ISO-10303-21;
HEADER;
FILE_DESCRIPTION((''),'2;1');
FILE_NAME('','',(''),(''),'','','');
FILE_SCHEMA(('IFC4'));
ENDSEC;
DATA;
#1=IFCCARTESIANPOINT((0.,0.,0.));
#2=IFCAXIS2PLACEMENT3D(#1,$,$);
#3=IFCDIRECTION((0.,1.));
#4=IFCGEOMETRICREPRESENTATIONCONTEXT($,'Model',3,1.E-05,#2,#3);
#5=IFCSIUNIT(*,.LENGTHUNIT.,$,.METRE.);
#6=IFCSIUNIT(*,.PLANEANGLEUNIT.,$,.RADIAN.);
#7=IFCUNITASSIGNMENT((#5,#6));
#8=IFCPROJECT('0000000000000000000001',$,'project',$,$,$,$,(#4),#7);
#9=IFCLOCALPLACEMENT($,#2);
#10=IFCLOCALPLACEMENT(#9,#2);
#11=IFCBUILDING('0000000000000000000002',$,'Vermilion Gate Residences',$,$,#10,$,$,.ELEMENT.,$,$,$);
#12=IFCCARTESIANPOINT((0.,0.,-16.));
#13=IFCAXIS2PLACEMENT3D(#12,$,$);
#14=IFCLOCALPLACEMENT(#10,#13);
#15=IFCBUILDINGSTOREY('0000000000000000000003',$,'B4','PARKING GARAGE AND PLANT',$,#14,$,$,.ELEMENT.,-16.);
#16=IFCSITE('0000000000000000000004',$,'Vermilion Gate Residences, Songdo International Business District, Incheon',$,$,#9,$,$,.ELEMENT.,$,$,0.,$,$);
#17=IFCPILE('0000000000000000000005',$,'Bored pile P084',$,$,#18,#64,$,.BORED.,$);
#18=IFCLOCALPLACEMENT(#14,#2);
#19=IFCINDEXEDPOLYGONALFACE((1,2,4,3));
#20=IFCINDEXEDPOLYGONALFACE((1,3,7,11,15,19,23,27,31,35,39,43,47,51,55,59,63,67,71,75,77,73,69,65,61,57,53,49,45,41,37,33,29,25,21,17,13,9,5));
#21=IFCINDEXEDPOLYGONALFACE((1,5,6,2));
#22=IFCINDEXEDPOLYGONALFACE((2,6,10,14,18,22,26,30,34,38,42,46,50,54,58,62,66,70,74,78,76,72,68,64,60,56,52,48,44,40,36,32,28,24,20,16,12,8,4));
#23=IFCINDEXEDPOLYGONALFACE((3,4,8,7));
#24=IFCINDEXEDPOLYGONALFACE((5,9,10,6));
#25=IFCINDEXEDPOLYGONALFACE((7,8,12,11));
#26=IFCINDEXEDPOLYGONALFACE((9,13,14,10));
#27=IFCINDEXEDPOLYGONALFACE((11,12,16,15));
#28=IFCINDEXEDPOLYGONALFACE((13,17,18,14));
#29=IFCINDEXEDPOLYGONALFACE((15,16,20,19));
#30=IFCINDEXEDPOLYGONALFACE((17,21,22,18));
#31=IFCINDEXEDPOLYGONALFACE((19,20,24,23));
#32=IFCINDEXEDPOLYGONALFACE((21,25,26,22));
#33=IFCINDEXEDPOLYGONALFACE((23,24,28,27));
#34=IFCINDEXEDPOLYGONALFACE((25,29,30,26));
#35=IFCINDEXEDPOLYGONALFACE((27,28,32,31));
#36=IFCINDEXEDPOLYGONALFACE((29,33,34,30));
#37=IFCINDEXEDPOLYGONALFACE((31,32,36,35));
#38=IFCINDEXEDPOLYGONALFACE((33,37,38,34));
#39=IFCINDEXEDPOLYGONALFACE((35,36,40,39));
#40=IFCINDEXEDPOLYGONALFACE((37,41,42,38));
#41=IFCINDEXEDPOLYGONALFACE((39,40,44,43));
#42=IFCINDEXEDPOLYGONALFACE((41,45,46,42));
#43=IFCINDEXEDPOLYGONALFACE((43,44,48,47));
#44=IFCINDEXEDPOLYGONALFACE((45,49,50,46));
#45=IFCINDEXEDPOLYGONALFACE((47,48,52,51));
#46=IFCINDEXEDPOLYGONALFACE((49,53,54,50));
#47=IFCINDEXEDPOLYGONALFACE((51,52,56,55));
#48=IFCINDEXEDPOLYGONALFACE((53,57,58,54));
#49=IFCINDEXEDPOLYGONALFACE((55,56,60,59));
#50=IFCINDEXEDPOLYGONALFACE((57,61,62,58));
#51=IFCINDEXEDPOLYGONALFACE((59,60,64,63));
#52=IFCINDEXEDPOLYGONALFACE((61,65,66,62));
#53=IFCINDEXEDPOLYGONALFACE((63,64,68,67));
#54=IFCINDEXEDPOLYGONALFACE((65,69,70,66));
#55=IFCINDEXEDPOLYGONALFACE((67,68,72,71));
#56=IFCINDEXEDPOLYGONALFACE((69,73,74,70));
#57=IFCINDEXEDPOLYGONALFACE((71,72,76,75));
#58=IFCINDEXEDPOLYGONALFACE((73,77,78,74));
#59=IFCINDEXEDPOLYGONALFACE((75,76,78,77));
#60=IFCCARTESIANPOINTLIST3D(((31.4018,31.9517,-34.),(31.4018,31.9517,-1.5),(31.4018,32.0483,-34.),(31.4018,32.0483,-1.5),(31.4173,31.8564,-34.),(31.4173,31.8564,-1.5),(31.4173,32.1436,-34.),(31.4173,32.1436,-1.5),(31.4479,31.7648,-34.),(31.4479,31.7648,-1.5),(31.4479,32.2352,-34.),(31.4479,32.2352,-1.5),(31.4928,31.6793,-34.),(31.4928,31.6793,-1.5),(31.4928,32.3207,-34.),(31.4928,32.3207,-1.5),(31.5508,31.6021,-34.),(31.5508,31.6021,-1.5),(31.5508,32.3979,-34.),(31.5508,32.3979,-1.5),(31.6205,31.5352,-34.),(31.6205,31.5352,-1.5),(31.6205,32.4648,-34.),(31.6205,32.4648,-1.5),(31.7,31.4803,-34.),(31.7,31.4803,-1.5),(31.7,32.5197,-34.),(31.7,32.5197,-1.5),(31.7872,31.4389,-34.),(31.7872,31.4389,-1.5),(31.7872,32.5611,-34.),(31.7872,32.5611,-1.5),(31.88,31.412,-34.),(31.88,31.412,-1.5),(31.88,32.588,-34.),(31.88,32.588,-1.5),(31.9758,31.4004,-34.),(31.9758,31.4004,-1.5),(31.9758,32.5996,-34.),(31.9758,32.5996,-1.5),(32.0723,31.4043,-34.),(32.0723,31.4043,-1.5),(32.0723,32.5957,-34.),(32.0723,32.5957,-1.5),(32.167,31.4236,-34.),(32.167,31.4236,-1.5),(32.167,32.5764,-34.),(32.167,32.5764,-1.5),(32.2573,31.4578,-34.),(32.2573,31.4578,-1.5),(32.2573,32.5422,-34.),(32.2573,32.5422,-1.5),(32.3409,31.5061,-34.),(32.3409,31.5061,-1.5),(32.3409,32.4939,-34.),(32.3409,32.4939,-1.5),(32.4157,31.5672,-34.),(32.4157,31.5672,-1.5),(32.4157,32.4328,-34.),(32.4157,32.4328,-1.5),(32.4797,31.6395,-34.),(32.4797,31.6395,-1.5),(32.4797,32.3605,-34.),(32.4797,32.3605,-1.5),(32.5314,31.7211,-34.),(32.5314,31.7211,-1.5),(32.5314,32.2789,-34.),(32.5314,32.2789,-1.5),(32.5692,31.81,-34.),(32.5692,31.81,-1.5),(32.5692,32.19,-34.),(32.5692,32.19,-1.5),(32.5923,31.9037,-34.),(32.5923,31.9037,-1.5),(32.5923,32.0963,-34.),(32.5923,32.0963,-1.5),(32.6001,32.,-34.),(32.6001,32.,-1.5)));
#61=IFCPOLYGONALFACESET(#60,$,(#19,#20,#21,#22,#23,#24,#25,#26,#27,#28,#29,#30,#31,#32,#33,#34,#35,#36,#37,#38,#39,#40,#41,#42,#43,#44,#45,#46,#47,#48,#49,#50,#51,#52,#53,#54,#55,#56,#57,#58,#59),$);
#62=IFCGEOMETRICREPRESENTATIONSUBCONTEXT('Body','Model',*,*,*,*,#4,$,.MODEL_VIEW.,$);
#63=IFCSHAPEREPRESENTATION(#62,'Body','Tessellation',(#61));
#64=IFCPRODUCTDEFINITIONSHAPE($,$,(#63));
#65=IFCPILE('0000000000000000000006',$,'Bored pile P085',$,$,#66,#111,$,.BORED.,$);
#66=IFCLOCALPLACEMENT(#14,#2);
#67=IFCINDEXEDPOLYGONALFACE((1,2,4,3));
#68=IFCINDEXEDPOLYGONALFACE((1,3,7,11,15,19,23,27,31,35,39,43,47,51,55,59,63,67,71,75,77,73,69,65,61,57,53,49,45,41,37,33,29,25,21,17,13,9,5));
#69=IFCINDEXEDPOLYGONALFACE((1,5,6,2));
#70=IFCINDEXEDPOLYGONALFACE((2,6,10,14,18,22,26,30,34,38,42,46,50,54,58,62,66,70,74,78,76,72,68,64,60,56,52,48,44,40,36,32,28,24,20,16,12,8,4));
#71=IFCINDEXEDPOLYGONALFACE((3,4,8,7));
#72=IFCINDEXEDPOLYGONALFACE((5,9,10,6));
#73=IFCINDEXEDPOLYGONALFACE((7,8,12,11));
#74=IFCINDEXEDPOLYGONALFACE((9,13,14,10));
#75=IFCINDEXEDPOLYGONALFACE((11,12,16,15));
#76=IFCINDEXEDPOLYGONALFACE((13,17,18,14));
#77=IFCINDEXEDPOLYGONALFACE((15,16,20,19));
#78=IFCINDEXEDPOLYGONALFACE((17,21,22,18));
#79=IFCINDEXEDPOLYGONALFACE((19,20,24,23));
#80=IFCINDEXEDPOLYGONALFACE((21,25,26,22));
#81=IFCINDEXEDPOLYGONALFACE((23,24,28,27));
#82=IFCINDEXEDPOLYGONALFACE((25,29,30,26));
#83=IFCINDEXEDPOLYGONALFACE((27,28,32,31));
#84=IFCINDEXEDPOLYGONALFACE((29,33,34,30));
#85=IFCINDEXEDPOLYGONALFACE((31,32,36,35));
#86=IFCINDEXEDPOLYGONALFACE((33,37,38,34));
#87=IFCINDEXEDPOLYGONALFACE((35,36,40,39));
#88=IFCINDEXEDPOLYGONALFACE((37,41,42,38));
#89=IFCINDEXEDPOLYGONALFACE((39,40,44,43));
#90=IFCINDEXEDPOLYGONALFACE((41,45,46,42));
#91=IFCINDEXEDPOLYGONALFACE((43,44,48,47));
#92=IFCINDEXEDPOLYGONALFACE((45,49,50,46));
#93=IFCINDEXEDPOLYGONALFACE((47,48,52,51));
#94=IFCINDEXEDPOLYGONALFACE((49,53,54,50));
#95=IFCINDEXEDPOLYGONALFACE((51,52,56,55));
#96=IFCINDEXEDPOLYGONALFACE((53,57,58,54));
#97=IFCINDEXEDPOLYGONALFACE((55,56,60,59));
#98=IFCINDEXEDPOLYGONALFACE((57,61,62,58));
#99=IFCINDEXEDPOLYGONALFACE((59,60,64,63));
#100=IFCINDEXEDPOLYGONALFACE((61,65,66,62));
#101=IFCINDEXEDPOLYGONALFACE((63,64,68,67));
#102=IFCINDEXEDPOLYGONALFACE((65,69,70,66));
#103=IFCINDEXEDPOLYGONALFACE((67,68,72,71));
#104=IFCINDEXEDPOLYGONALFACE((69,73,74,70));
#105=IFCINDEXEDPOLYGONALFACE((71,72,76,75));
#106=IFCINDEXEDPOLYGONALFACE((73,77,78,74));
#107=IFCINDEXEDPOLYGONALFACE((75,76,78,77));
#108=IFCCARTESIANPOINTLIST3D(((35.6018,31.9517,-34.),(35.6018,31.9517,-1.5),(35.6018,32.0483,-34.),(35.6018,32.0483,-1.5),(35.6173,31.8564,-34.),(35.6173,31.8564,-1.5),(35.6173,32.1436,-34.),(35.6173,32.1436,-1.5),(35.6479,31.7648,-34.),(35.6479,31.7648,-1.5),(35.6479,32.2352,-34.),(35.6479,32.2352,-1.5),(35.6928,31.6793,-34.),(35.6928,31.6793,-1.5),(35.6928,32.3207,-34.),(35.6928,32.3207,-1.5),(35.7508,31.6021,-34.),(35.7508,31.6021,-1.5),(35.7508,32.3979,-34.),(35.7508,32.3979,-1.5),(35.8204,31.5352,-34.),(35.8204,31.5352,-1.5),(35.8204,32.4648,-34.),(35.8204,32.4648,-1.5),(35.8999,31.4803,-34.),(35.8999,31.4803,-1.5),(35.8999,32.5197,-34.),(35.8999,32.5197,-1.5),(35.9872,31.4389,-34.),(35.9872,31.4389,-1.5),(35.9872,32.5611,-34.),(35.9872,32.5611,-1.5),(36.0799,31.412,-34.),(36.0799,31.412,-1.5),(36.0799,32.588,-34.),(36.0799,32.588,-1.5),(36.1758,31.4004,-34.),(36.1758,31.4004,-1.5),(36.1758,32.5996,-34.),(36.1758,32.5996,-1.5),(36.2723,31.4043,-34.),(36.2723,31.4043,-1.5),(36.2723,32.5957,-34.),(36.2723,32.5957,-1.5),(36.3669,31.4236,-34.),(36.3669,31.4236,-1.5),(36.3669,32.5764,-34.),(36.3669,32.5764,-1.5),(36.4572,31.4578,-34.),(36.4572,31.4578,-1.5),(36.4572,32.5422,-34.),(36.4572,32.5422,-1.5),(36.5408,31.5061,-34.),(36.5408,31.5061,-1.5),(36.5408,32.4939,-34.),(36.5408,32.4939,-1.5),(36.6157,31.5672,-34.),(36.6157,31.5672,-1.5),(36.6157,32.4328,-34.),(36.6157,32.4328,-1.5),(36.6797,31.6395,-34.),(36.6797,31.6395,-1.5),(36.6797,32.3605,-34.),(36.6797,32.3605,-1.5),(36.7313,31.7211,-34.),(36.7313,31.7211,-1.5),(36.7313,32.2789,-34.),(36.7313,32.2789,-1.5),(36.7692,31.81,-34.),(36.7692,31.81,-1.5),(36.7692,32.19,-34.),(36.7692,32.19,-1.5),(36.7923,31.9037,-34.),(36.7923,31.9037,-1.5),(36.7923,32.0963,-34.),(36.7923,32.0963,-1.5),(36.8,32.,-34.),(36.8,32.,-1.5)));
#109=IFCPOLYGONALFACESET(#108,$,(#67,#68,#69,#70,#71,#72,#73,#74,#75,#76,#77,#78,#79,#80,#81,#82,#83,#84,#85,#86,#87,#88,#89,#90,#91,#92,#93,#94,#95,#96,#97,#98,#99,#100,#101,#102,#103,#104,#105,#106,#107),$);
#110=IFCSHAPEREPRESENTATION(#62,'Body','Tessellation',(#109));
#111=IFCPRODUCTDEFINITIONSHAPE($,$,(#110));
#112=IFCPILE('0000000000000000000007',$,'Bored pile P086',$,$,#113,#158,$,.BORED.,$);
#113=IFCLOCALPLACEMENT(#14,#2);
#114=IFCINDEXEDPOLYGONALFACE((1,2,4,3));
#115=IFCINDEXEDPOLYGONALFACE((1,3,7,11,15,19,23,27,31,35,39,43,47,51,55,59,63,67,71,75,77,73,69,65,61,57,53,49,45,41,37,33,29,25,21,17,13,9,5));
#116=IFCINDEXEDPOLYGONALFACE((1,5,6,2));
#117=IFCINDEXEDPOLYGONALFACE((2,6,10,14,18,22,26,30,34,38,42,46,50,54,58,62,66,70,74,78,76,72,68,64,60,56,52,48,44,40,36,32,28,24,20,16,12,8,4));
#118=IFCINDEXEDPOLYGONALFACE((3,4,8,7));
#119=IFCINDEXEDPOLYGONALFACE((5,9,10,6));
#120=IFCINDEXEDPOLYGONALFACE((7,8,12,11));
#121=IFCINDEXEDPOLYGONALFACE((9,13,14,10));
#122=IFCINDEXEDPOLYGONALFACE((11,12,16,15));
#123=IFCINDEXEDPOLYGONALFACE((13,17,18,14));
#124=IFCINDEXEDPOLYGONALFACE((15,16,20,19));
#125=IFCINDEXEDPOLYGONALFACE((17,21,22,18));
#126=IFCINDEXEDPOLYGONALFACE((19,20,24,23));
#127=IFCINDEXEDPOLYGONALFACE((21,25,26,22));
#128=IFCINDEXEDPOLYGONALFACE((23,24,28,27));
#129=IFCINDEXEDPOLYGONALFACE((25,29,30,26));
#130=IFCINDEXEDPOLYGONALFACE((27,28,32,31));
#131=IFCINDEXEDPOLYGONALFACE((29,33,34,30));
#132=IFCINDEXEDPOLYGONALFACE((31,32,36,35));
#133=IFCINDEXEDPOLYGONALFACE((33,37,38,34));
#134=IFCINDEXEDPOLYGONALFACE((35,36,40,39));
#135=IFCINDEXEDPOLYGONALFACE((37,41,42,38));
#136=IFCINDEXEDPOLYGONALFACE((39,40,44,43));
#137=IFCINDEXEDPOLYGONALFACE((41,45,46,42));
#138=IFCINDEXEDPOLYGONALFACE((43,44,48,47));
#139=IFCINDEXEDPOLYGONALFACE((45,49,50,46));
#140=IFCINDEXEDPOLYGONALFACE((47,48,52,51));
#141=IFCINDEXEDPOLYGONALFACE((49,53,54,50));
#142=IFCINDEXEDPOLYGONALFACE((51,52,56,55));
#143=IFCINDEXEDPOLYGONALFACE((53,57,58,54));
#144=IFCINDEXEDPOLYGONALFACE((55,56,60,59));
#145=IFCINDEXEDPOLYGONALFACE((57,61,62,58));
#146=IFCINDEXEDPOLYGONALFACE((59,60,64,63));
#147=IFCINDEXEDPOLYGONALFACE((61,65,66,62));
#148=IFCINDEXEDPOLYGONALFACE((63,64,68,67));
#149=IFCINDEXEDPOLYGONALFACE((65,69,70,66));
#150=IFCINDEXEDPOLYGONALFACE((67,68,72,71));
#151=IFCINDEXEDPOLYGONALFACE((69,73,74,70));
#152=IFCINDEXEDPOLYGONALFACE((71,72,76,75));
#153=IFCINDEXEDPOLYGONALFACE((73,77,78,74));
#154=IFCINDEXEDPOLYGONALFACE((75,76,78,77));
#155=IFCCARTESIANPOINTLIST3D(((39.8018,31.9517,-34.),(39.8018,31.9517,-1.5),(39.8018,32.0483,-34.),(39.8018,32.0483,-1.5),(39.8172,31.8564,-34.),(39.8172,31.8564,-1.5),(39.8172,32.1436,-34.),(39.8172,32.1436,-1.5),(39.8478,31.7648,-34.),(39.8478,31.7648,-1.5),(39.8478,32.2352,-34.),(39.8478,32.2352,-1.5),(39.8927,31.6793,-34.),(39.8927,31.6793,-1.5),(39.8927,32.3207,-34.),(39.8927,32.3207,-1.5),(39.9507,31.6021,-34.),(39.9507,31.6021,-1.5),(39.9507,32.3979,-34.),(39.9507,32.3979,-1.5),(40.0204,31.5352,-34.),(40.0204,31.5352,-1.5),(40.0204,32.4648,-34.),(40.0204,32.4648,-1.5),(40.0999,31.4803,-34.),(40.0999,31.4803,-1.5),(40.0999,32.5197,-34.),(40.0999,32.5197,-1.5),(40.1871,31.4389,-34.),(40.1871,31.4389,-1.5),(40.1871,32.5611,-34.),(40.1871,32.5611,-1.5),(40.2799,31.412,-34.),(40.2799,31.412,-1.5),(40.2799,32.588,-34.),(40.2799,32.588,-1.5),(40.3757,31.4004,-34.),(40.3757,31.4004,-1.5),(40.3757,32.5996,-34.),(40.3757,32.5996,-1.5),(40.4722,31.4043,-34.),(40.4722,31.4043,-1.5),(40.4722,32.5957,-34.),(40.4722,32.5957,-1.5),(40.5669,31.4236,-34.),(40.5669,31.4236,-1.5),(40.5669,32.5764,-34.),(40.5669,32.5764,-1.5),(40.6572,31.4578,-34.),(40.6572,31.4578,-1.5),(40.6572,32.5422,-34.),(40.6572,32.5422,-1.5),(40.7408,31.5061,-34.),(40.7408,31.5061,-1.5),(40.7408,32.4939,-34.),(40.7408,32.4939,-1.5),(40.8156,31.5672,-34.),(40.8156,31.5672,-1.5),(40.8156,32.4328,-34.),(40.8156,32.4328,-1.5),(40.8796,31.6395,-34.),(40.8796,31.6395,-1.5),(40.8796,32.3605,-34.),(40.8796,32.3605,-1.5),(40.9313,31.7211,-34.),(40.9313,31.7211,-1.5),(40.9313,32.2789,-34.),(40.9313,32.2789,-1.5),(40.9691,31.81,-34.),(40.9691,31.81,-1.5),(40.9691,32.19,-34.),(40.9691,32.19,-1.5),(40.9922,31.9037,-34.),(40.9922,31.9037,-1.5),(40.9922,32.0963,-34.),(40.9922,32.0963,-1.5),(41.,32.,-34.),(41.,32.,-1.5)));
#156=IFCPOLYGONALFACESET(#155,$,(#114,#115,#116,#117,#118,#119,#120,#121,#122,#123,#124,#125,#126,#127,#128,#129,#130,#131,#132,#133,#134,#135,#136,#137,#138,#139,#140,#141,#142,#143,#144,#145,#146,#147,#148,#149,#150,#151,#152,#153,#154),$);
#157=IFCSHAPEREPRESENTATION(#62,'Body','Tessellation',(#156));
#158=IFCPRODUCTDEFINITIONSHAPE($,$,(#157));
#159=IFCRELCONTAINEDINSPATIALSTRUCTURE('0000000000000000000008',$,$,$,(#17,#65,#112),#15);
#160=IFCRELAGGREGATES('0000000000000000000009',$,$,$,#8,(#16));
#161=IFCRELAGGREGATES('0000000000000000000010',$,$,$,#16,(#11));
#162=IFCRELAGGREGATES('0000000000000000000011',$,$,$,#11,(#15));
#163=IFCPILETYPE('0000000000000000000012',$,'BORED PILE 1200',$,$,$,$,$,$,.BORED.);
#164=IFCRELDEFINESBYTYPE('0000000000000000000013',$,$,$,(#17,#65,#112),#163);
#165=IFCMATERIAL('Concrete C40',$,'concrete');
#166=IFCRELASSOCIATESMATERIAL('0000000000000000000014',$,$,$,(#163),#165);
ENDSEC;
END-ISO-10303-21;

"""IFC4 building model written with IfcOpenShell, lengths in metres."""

from ifc_helpers import new_model, si_unit, direction, frame, origin, origin_2d, place, context, subcontext, project, spatial, circle, extrude, material, material_profile, profile_set, type_object, element, save


model = new_model("IFC4")

# Units and contexts
model_context = context("Model", 3, precision=1e-05, world=origin(), true_north=direction((0.0, 1.0)))
body_context = subcontext(model_context, "Body", "Model", "MODEL_VIEW")
ifc_project = project(units=[si_unit("LENGTHUNIT", "METRE"), si_unit("PLANEANGLEUNIT", "RADIAN")], contexts=[model_context])

# Site, building, storey
site_placement = place(None, origin())
site = spatial("IfcSite", under=ifc_project, at=site_placement, Name="Vermilion Gate Residences, Songdo International Business District, Incheon", CompositionType="ELEMENT", RefElevation=0.0)
building_placement = place(site_placement, origin())
building = spatial("IfcBuilding", under=site, at=building_placement, Name="Vermilion Gate Residences", CompositionType="ELEMENT")
storey_placement = place(building_placement, frame((0.0, 0.0, -16.0)))
storey = spatial("IfcBuildingStorey", under=building, at=storey_placement, Name="B4", Description="PARKING GARAGE AND PLANT", CompositionType="ELEMENT", Elevation=-16.0)

# Piles
ifc_material_1 = material(Name="Concrete C40", Category="concrete")
ifc_material_profile_1 = material_profile(ifc_material_1, circle(Radius=0.6001, at=origin_2d()), Name="BORED PILE 1200")
ifc_profile_set_1 = profile_set([ifc_material_profile_1], Name="Concrete C40")
pile_type_1 = type_object("IfcPileType", Name="BORED PILE 1200", PredefinedType="BORED", material=ifc_profile_set_1)
for number, where, z_axis, x_axis, name in (
    (1, (32.0, 32.0, -1.5), (0.0, 0.0, -1.0), (1.0, 0.0, 0.0), "Bored pile P084"),
    (2, (36.2, 32.0, -1.5), (0.0, 0.0, -1.0), (1.0, 0.0, 0.0), "Bored pile P085"),
    (3, (40.3999, 32.0, -1.5), (0.0, 0.0, -1.0), (1.0, 0.0, 0.0), "Bored pile P086"),
):
    element("IfcPile", number, at=place(storey_placement, frame(where, z_axis=z_axis, x_axis=x_axis)), inside=storey, type_object=pile_type_1, Name=name, PredefinedType="BORED", context=body_context, shape_type="SweptSolid", body=[
        extrude(circle(Radius=0.6001, at=origin_2d()), origin(), (0.0, 0.0, 1.0), 32.5),
    ])

save(model, "model.ifc")
